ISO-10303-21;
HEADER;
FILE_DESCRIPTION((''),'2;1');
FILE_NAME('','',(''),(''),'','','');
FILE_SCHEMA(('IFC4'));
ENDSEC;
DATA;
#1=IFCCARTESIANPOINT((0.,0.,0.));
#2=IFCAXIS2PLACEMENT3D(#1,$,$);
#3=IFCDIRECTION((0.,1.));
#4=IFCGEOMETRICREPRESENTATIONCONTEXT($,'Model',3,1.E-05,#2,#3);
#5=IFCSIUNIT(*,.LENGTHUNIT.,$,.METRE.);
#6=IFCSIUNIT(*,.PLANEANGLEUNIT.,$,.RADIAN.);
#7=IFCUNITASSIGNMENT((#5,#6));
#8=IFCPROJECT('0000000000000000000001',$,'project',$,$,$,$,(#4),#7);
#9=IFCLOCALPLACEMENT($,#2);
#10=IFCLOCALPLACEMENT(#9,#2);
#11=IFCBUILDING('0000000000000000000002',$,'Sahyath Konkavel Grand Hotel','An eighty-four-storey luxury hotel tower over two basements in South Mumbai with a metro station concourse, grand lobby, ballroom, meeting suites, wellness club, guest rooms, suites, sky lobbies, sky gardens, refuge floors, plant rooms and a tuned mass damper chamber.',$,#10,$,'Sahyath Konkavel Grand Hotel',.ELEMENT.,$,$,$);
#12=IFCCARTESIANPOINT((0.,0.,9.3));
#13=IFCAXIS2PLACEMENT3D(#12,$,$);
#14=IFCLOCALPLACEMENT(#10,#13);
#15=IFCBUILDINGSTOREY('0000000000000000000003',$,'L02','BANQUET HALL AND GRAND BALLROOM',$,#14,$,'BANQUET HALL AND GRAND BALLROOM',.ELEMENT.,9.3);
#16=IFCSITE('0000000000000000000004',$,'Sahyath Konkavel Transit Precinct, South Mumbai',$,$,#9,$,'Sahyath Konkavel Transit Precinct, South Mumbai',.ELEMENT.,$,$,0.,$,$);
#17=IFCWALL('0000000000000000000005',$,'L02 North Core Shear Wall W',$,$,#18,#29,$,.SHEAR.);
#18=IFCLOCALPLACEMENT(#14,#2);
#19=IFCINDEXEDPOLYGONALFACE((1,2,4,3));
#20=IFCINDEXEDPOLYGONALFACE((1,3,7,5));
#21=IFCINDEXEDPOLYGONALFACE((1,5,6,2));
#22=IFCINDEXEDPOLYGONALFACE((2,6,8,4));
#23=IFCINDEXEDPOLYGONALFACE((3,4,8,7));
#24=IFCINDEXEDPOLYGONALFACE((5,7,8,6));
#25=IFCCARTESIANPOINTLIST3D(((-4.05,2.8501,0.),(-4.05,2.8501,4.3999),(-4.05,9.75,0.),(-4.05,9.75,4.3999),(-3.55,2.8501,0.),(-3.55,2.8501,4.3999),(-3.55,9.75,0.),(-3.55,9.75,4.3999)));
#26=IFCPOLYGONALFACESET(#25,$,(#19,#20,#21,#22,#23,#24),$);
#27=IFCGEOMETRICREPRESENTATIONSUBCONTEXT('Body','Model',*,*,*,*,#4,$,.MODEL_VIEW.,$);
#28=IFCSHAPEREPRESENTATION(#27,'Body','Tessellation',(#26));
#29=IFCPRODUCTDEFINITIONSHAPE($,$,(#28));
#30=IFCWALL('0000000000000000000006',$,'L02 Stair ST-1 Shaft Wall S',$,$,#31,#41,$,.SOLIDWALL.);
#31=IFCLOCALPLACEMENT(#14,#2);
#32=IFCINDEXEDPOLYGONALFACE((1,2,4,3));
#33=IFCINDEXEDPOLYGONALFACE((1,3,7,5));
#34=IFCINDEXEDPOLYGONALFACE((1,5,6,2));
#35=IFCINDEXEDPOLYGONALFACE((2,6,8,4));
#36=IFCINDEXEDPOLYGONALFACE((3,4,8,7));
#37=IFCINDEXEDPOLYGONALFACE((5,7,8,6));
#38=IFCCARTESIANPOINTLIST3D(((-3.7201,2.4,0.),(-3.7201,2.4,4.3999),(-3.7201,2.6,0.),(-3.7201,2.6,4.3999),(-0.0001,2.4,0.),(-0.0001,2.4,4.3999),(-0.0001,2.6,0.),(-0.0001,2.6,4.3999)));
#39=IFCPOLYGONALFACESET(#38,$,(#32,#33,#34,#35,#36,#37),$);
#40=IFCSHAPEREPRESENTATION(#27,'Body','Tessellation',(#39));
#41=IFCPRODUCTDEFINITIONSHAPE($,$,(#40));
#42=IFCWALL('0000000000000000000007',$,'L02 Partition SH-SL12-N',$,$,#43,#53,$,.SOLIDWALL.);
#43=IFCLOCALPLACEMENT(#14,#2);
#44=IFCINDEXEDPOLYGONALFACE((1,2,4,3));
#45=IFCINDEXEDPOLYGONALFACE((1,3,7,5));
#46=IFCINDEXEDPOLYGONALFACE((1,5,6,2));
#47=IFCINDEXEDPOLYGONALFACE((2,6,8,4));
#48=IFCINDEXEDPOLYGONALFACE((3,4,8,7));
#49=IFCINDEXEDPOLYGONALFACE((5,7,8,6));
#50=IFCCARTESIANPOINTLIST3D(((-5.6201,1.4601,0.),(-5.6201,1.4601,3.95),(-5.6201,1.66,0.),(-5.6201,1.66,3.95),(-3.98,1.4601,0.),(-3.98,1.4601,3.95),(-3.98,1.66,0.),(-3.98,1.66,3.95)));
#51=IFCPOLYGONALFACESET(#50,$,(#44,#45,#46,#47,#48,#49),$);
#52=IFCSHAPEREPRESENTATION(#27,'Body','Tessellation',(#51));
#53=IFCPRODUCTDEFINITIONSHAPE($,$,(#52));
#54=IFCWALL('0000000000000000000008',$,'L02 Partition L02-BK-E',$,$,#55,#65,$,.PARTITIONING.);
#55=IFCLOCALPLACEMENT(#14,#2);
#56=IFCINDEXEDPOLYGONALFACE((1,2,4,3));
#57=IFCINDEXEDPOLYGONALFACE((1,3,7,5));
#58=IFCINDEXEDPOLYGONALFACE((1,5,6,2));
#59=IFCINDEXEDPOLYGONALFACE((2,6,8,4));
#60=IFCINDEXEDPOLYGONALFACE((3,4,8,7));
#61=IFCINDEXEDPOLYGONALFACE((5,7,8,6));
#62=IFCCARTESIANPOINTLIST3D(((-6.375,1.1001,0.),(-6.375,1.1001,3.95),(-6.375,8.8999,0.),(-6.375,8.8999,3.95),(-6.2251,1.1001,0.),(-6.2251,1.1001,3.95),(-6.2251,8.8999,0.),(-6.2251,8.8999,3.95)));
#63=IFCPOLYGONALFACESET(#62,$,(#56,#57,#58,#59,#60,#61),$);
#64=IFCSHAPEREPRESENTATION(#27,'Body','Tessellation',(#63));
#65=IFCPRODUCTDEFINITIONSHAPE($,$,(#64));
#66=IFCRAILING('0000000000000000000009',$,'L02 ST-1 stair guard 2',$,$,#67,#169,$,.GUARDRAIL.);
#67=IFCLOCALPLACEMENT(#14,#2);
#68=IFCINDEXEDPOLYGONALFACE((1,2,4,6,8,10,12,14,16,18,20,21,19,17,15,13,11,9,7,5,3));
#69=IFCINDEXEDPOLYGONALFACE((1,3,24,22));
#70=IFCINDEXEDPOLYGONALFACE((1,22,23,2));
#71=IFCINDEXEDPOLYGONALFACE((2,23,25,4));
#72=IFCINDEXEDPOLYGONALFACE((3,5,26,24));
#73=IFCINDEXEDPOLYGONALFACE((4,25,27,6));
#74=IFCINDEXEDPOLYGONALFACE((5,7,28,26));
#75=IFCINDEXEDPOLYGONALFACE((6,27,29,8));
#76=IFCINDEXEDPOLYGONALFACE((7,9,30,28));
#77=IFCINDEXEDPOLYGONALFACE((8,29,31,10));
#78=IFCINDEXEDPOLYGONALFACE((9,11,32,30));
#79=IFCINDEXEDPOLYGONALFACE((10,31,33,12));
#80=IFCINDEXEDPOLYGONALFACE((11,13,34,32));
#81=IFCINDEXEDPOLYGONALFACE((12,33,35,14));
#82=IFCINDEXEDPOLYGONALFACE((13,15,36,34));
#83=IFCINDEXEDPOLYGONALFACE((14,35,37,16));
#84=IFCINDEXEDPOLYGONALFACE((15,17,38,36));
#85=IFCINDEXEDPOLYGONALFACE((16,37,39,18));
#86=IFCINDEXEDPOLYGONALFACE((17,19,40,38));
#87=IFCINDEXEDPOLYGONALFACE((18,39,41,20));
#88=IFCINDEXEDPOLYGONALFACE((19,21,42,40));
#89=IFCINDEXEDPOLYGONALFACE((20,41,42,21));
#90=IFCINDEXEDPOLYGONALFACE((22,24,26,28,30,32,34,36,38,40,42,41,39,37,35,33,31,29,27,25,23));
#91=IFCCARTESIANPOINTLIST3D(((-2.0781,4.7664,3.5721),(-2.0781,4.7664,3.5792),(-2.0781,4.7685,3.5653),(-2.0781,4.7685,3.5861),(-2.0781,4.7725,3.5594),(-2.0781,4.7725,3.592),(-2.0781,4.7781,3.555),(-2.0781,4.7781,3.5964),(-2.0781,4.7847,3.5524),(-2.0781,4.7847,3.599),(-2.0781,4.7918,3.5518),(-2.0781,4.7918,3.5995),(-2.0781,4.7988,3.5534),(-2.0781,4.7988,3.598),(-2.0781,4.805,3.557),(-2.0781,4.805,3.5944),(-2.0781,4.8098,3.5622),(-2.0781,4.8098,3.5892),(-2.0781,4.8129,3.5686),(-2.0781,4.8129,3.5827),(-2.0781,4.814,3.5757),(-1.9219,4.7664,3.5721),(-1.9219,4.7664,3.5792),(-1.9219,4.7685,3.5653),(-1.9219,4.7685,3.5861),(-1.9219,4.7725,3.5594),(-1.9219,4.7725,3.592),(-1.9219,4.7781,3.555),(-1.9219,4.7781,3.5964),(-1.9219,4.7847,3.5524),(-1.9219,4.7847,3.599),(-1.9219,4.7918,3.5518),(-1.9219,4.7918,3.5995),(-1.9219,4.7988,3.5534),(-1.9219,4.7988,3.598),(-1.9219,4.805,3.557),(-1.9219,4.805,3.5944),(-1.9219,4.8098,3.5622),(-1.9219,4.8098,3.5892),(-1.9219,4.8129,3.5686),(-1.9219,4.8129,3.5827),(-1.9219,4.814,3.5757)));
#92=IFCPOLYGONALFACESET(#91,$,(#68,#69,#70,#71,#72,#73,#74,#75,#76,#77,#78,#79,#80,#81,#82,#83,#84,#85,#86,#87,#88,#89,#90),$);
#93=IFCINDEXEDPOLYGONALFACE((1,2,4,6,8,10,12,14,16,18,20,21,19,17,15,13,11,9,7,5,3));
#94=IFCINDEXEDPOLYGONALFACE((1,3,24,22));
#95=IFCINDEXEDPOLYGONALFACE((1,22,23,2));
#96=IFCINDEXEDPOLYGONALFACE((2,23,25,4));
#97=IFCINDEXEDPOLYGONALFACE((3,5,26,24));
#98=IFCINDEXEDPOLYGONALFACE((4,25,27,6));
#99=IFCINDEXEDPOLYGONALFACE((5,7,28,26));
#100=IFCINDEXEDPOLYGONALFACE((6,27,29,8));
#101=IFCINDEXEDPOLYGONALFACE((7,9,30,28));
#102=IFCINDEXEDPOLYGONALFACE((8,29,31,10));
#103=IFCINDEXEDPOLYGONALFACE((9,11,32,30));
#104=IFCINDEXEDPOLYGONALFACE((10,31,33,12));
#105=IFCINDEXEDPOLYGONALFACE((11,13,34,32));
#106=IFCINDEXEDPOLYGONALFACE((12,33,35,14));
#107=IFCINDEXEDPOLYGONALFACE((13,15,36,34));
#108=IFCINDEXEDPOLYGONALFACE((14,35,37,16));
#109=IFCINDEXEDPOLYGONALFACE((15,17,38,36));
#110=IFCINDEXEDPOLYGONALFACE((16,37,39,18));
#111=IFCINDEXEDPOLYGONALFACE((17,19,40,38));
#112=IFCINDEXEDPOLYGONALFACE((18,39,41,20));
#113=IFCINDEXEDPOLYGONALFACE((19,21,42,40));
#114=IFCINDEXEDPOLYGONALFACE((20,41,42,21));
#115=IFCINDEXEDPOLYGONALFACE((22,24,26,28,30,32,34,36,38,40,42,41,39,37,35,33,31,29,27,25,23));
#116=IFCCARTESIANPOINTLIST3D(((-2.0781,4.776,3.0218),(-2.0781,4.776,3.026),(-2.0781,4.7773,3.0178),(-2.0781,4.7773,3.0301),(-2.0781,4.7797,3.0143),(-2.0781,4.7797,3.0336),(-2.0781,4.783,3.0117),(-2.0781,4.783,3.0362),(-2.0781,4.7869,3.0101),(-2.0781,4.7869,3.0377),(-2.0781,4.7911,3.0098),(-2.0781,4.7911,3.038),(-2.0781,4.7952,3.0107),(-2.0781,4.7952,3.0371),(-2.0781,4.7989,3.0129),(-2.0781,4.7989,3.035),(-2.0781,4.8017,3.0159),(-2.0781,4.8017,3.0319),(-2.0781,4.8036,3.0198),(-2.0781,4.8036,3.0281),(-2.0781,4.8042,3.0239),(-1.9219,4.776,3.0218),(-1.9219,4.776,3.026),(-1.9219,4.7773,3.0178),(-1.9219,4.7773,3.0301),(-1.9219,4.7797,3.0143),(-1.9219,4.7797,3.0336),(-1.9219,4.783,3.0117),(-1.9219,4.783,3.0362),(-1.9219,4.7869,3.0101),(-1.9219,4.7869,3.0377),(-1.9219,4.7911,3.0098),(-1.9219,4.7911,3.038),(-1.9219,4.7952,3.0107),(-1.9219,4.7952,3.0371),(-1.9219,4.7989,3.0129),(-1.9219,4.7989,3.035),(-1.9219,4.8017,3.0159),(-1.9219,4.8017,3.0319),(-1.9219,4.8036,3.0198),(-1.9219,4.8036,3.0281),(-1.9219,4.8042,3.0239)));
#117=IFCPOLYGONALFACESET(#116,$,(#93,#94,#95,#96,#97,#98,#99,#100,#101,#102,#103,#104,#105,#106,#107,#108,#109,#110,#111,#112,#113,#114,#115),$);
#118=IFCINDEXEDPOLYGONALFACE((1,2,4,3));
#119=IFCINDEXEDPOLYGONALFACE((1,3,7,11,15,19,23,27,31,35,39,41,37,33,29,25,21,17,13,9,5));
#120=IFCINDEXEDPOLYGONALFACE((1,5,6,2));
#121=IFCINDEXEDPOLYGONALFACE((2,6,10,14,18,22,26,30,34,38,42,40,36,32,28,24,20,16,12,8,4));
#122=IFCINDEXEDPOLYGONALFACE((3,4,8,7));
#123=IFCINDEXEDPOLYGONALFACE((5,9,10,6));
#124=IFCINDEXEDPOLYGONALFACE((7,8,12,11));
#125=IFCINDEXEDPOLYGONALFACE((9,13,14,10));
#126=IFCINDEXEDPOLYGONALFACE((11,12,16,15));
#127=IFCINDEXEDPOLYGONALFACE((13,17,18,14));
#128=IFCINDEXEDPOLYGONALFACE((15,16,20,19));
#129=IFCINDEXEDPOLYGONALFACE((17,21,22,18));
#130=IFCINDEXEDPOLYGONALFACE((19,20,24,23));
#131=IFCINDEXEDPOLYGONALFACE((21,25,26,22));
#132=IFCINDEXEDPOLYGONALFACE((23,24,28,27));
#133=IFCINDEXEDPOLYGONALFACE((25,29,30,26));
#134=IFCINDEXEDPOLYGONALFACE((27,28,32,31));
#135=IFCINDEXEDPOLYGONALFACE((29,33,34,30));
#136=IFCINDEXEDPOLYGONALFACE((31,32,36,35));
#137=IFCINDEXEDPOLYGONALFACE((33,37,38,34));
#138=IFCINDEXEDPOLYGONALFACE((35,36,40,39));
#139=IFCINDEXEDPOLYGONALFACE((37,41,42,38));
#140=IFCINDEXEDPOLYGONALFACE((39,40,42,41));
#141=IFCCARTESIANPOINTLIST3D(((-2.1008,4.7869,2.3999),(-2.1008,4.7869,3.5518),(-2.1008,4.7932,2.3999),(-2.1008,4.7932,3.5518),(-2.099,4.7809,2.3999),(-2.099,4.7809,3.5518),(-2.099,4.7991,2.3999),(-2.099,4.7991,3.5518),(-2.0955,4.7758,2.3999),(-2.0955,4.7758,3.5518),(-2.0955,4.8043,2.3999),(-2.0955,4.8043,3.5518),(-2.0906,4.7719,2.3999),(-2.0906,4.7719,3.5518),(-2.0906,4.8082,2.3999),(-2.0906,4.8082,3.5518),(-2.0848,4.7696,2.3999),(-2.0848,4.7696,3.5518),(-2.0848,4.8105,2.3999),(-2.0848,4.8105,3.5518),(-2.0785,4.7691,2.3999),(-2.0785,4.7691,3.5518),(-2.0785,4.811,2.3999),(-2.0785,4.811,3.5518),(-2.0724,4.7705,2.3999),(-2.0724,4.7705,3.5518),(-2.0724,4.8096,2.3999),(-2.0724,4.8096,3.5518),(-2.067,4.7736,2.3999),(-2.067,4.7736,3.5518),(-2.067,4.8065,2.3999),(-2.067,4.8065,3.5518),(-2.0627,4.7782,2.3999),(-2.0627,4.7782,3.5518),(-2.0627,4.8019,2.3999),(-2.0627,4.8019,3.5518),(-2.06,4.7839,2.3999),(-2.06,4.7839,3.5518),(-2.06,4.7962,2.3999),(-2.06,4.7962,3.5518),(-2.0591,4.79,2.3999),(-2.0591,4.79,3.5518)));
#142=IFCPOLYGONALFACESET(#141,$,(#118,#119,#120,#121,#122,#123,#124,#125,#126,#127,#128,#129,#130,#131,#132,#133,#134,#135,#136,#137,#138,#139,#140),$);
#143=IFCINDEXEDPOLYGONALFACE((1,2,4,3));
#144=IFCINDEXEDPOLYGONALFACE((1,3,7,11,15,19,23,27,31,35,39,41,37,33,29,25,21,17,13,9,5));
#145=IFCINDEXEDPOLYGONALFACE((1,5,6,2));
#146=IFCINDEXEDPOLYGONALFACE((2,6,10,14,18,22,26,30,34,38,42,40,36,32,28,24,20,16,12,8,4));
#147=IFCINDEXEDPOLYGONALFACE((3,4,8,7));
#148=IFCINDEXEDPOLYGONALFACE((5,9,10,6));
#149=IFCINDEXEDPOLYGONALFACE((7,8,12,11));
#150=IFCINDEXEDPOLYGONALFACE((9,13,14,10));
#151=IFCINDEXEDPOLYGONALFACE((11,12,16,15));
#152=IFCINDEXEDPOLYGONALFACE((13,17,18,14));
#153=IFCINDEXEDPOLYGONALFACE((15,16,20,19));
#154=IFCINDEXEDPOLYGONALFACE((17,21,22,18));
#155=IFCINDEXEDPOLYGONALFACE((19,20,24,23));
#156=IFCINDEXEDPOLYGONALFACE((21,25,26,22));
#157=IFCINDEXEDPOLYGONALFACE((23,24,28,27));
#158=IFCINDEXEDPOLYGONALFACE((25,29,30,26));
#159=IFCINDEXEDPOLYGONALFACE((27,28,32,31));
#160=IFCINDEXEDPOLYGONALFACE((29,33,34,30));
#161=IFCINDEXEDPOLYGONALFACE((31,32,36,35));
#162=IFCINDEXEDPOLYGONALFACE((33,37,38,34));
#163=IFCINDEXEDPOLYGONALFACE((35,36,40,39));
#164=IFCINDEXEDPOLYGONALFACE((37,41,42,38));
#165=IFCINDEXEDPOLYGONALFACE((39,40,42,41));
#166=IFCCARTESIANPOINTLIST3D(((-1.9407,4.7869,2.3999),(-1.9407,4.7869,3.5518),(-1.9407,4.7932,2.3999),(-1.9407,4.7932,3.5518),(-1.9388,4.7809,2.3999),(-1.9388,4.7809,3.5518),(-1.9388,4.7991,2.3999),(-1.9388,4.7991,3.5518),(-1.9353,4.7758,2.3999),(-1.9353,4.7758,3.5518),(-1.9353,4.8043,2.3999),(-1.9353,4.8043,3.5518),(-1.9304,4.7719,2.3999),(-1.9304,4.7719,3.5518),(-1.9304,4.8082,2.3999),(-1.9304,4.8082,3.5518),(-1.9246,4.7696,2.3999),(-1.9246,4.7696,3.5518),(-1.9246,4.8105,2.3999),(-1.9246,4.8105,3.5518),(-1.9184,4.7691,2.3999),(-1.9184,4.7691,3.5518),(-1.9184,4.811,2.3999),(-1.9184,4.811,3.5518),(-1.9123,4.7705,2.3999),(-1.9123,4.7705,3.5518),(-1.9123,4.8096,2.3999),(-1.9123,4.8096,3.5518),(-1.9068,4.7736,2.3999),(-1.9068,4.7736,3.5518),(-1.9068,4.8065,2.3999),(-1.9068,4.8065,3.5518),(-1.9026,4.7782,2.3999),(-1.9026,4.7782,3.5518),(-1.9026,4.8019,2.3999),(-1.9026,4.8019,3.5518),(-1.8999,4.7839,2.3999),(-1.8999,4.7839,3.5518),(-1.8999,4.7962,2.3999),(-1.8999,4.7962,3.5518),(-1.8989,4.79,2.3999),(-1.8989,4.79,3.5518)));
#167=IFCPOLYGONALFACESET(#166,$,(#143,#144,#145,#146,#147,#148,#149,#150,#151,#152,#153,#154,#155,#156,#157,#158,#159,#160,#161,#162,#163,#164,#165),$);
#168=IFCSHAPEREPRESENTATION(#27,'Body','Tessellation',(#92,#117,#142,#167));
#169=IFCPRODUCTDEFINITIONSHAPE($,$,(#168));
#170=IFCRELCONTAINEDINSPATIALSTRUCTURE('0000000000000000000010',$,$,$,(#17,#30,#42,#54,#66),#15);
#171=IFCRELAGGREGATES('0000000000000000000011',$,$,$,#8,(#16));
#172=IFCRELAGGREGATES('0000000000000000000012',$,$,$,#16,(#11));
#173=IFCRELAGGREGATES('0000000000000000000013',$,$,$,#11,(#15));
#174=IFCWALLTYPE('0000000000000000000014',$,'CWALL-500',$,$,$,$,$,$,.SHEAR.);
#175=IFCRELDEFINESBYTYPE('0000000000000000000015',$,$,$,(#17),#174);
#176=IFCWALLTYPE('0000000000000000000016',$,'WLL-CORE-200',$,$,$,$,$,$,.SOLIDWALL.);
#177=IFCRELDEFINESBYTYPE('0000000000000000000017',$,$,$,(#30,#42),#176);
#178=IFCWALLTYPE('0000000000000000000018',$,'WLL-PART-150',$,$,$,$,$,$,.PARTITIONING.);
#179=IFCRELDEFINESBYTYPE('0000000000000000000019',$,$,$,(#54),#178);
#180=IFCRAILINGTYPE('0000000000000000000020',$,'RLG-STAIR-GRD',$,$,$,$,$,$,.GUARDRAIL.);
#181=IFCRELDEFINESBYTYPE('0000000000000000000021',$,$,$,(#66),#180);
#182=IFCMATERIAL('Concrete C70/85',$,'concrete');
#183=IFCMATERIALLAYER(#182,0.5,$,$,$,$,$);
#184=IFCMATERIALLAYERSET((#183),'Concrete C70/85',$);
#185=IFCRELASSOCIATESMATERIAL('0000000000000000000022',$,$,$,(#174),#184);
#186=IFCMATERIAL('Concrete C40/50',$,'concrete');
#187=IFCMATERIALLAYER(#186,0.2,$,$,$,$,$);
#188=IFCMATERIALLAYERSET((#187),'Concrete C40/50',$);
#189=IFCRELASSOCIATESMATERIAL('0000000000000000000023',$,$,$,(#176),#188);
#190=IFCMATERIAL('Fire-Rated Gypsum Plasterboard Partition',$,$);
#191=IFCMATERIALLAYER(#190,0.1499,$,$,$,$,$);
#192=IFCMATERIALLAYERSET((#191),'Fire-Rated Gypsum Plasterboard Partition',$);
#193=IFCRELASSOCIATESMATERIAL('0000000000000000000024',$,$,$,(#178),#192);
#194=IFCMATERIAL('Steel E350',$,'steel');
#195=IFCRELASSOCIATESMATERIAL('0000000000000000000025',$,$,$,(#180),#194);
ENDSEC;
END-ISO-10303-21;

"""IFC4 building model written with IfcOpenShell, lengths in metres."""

from ifc_helpers import new_model, si_unit, direction, frame, frame_2d, origin, origin_2d, place, context, subcontext, project, spatial, rectangle, circle, extrude, material, layer, layer_set, type_object, element, save


model = new_model("IFC4")

# Units and contexts
model_context = context("Model", 3, precision=1e-05, world=origin(), true_north=direction((0.0, 1.0)))
body_context = subcontext(model_context, "Body", "Model", "MODEL_VIEW")
ifc_project = project(units=[si_unit("LENGTHUNIT", "METRE"), si_unit("PLANEANGLEUNIT", "RADIAN")], contexts=[model_context])

# Site, building, storey
site_placement = place(None, origin())
site = spatial("IfcSite", under=ifc_project, at=site_placement, Name="Sahyath Konkavel Transit Precinct, South Mumbai", LongName="Sahyath Konkavel Transit Precinct, South Mumbai", CompositionType="ELEMENT", RefElevation=0.0)
building_placement = place(site_placement, origin())
building = spatial("IfcBuilding", under=site, at=building_placement, Name="Sahyath Konkavel Grand Hotel", Description="An eighty-four-storey luxury hotel tower over two basements in South Mumbai with a metro station concourse, grand lobby, ballroom, meeting suites, wellness club, guest rooms, suites, sky lobbies, sky gardens, refuge floors, plant rooms and a tuned mass damper chamber.", LongName="Sahyath Konkavel Grand Hotel", CompositionType="ELEMENT")
storey_placement = place(building_placement, frame((0.0, 0.0, 9.3)))
storey = spatial("IfcBuildingStorey", under=building, at=storey_placement, Name="L02", Description="BANQUET HALL AND GRAND BALLROOM", LongName="BANQUET HALL AND GRAND BALLROOM", CompositionType="ELEMENT", Elevation=9.3)

# Shared definitions
ifc_material_1 = material(Name="Concrete C70/85", Category="concrete")

# Shared definitions
ifc_material_2 = material(Name="Steel E350", Category="steel")

# Shared definitions
ifc_material_3 = material(Name="Concrete C40/50", Category="concrete")

# Walls
ifc_layer_1 = layer(ifc_material_1, 0.5)
ifc_layer_set_1 = layer_set([ifc_layer_1], Name="Concrete C70/85")
wall_type_1 = type_object("IfcWallType", Name="CWALL-500", PredefinedType="SHEAR", material=ifc_layer_set_1)
wall_1_placement = place(storey_placement, frame((-3.8, 2.8501, 0.0), z_axis=(0.0, 0.0, 1.0), x_axis=(0.0, 1.0, 0.0)))
element("IfcWall", 1, at=wall_1_placement, inside=storey, type_object=wall_type_1, Name="L02 North Core Shear Wall W", PredefinedType="SHEAR", context=body_context, shape_type="SweptSolid", body=[
    extrude(rectangle(XDim=6.8999, YDim=0.5, at=frame_2d((3.45, 0.0))), origin(), (0.0, 0.0, 1.0), 4.3999),
])
ifc_layer_2 = layer(ifc_material_3, 0.2)
ifc_layer_set_2 = layer_set([ifc_layer_2], Name="Concrete C40/50")
wall_type_2 = type_object("IfcWallType", Name="WLL-CORE-200", PredefinedType="SOLIDWALL", material=ifc_layer_set_2)
wall_2_placement = place(storey_placement, frame((-3.72, 2.5, 0.0), z_axis=(0.0, 0.0, 1.0), x_axis=(1.0, 0.0, 0.0)))
element("IfcWall", 2, at=wall_2_placement, inside=storey, type_object=wall_type_2, Name="L02 Stair ST-1 Shaft Wall S", PredefinedType="SOLIDWALL", context=body_context, shape_type="SweptSolid", body=[
    extrude(rectangle(XDim=3.72, YDim=0.2, at=frame_2d((1.8599, 0.0))), origin(), (0.0, 0.0, 1.0), 4.3999),
])
wall_3_placement = place(storey_placement, frame((-5.6201, 1.5601, 0.0), z_axis=(0.0, 0.0, 1.0), x_axis=(1.0, 0.0, 0.0)))
element("IfcWall", 3, at=wall_3_placement, inside=storey, type_object=wall_type_2, Name="L02 Partition SH-SL12-N", PredefinedType="SOLIDWALL", context=body_context, shape_type="SweptSolid", body=[
    extrude(rectangle(XDim=1.6401, YDim=0.2, at=frame_2d((0.8201, 0.0))), origin(), (0.0, 0.0, 1.0), 3.95),
])
ifc_material_4 = material(Name="Fire-Rated Gypsum Plasterboard Partition")
ifc_layer_3 = layer(ifc_material_4, 0.1499)
ifc_layer_set_3 = layer_set([ifc_layer_3], Name="Fire-Rated Gypsum Plasterboard Partition")
wall_type_3 = type_object("IfcWallType", Name="WLL-PART-150", PredefinedType="PARTITIONING", material=ifc_layer_set_3)
wall_4_placement = place(storey_placement, frame((-6.3, 1.1001, 0.0), z_axis=(0.0, 0.0, 1.0), x_axis=(0.0, 1.0, 0.0)))
element("IfcWall", 4, at=wall_4_placement, inside=storey, type_object=wall_type_3, Name="L02 Partition L02-BK-E", PredefinedType="PARTITIONING", context=body_context, shape_type="SweptSolid", body=[
    extrude(rectangle(XDim=7.7998, YDim=0.1499, at=frame_2d((3.8999, 0.0))), origin(), (0.0, 0.0, 1.0), 3.95),
])

# Railing
railing_type = type_object("IfcRailingType", Name="RLG-STAIR-GRD", PredefinedType="GUARDRAIL", material=ifc_material_2)
railing_1_placement = place(storey_placement, frame((-2.0801, 4.79, 2.3999)))
element("IfcRailing", 5, at=railing_1_placement, inside=storey, type_object=railing_type, Name="L02 ST-1 stair guard 2", PredefinedType="GUARDRAIL", context=body_context, shape_type="SweptSolid", body=[
    extrude(circle(Radius=0.0239, at=origin_2d()), frame((0.002, 0.0, 1.1758), z_axis=(1.0, 0.0, 0.0), x_axis=(0.0, 1.0, 0.0)), (0.0, 0.0, 1.0), 0.1562),
    extrude(circle(Radius=0.0142, at=origin_2d()), frame((0.002, 0.0, 0.624), z_axis=(1.0, 0.0, 0.0), x_axis=(0.0, 1.0, 0.0)), (0.0, 0.0, 1.0), 0.1562),
    extrude(circle(Radius=0.021, at=origin_2d()), origin(), (0.0, 0.0, 1.0), 1.1519),
    extrude(circle(Radius=0.021, at=origin_2d()), frame((0.1602, 0.0, 0.0)), (0.0, 0.0, 1.0), 1.1519),
])

save(model, "model.ifc")
